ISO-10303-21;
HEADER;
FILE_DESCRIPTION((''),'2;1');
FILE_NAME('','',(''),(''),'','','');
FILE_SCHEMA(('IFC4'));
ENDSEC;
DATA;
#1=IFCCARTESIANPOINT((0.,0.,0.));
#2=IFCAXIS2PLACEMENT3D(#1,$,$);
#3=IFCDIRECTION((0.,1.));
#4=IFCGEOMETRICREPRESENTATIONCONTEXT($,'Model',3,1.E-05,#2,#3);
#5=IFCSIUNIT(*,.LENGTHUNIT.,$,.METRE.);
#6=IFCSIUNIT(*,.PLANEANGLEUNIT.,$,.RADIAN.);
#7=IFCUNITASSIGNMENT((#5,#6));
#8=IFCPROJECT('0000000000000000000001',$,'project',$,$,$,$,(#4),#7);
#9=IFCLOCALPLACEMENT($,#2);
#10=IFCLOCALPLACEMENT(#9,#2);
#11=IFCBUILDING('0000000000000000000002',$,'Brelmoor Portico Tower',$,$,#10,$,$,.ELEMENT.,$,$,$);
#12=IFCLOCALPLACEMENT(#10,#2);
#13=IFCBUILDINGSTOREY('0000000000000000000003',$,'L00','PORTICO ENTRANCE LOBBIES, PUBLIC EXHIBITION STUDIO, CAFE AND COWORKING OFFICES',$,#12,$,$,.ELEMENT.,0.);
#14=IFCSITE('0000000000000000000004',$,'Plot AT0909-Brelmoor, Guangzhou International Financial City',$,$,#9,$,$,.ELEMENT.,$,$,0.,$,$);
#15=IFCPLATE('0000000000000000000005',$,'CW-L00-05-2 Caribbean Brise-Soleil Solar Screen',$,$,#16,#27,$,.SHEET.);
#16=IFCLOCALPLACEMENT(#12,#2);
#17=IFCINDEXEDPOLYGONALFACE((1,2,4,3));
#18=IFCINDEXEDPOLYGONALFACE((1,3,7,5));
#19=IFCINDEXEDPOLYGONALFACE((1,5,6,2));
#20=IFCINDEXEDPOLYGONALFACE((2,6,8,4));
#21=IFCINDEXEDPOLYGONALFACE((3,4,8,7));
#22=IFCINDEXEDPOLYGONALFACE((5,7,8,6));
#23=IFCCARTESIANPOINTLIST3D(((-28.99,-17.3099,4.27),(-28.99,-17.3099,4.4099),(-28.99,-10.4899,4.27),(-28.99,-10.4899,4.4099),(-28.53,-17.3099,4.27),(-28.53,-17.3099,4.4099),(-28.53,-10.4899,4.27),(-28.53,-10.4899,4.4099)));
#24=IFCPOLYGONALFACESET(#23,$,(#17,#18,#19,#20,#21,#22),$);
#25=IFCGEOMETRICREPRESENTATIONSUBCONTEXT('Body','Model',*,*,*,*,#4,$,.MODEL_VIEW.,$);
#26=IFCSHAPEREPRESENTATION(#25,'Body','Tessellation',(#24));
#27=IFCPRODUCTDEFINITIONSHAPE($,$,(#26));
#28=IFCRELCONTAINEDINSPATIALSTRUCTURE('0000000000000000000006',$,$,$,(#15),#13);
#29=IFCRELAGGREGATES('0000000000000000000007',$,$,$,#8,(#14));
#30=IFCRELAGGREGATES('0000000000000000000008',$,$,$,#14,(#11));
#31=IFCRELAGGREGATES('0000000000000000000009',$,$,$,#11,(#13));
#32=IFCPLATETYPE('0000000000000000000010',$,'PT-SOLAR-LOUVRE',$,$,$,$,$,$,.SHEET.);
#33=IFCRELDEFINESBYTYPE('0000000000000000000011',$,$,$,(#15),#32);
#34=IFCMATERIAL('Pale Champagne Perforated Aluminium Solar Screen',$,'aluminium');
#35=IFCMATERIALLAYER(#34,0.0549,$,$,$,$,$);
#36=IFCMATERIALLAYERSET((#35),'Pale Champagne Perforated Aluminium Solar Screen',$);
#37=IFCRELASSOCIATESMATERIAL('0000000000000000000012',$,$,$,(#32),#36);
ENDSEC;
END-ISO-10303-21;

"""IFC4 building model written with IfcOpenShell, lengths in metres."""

from ifc_helpers import new_model, si_unit, direction, frame, origin, origin_2d, place, context, subcontext, project, spatial, rectangle, extrude, material, layer, layer_set, type_object, element, save


model = new_model("IFC4")

# Units and contexts
model_context = context("Model", 3, precision=1e-05, world=origin(), true_north=direction((0.0, 1.0)))
body_context = subcontext(model_context, "Body", "Model", "MODEL_VIEW")
ifc_project = project(units=[si_unit("LENGTHUNIT", "METRE"), si_unit("PLANEANGLEUNIT", "RADIAN")], contexts=[model_context])

# Site, building, storey
site_placement = place(None, origin())
site = spatial("IfcSite", under=ifc_project, at=site_placement, Name="Plot AT0909-Brelmoor, Guangzhou International Financial City", CompositionType="ELEMENT", RefElevation=0.0)
building_placement = place(site_placement, origin())
building = spatial("IfcBuilding", under=site, at=building_placement, Name="Brelmoor Portico Tower", CompositionType="ELEMENT")
storey_placement = place(building_placement, origin())
storey = spatial("IfcBuildingStorey", under=building, at=storey_placement, Name="L00", Description="PORTICO ENTRANCE LOBBIES, PUBLIC EXHIBITION STUDIO, CAFE AND COWORKING OFFICES", CompositionType="ELEMENT", Elevation=0.0)

# Plate
ifc_material_1 = material(Name="Pale Champagne Perforated Aluminium Solar Screen", Category="aluminium")
ifc_layer_1 = layer(ifc_material_1, 0.0549)
ifc_layer_set_1 = layer_set([ifc_layer_1], Name="Pale Champagne Perforated Aluminium Solar Screen")
plate_type_1 = type_object("IfcPlateType", Name="PT-SOLAR-LOUVRE", PredefinedType="SHEET", material=ifc_layer_set_1)
plate_1_placement = place(storey_placement, frame((-28.76, -13.8999, 4.27), z_axis=(0.0, 0.0, 1.0), x_axis=(0.0, 1.0, 0.0)))
element("IfcPlate", 1, at=plate_1_placement, inside=storey, type_object=plate_type_1, Name="CW-L00-05-2 Caribbean Brise-Soleil Solar Screen", PredefinedType="SHEET", context=body_context, shape_type="SweptSolid", body=[
    extrude(rectangle(XDim=6.8201, YDim=0.46, at=origin_2d()), origin(), (0.0, 0.0, 1.0), 0.1399),
])

save(model, "model.ifc")
